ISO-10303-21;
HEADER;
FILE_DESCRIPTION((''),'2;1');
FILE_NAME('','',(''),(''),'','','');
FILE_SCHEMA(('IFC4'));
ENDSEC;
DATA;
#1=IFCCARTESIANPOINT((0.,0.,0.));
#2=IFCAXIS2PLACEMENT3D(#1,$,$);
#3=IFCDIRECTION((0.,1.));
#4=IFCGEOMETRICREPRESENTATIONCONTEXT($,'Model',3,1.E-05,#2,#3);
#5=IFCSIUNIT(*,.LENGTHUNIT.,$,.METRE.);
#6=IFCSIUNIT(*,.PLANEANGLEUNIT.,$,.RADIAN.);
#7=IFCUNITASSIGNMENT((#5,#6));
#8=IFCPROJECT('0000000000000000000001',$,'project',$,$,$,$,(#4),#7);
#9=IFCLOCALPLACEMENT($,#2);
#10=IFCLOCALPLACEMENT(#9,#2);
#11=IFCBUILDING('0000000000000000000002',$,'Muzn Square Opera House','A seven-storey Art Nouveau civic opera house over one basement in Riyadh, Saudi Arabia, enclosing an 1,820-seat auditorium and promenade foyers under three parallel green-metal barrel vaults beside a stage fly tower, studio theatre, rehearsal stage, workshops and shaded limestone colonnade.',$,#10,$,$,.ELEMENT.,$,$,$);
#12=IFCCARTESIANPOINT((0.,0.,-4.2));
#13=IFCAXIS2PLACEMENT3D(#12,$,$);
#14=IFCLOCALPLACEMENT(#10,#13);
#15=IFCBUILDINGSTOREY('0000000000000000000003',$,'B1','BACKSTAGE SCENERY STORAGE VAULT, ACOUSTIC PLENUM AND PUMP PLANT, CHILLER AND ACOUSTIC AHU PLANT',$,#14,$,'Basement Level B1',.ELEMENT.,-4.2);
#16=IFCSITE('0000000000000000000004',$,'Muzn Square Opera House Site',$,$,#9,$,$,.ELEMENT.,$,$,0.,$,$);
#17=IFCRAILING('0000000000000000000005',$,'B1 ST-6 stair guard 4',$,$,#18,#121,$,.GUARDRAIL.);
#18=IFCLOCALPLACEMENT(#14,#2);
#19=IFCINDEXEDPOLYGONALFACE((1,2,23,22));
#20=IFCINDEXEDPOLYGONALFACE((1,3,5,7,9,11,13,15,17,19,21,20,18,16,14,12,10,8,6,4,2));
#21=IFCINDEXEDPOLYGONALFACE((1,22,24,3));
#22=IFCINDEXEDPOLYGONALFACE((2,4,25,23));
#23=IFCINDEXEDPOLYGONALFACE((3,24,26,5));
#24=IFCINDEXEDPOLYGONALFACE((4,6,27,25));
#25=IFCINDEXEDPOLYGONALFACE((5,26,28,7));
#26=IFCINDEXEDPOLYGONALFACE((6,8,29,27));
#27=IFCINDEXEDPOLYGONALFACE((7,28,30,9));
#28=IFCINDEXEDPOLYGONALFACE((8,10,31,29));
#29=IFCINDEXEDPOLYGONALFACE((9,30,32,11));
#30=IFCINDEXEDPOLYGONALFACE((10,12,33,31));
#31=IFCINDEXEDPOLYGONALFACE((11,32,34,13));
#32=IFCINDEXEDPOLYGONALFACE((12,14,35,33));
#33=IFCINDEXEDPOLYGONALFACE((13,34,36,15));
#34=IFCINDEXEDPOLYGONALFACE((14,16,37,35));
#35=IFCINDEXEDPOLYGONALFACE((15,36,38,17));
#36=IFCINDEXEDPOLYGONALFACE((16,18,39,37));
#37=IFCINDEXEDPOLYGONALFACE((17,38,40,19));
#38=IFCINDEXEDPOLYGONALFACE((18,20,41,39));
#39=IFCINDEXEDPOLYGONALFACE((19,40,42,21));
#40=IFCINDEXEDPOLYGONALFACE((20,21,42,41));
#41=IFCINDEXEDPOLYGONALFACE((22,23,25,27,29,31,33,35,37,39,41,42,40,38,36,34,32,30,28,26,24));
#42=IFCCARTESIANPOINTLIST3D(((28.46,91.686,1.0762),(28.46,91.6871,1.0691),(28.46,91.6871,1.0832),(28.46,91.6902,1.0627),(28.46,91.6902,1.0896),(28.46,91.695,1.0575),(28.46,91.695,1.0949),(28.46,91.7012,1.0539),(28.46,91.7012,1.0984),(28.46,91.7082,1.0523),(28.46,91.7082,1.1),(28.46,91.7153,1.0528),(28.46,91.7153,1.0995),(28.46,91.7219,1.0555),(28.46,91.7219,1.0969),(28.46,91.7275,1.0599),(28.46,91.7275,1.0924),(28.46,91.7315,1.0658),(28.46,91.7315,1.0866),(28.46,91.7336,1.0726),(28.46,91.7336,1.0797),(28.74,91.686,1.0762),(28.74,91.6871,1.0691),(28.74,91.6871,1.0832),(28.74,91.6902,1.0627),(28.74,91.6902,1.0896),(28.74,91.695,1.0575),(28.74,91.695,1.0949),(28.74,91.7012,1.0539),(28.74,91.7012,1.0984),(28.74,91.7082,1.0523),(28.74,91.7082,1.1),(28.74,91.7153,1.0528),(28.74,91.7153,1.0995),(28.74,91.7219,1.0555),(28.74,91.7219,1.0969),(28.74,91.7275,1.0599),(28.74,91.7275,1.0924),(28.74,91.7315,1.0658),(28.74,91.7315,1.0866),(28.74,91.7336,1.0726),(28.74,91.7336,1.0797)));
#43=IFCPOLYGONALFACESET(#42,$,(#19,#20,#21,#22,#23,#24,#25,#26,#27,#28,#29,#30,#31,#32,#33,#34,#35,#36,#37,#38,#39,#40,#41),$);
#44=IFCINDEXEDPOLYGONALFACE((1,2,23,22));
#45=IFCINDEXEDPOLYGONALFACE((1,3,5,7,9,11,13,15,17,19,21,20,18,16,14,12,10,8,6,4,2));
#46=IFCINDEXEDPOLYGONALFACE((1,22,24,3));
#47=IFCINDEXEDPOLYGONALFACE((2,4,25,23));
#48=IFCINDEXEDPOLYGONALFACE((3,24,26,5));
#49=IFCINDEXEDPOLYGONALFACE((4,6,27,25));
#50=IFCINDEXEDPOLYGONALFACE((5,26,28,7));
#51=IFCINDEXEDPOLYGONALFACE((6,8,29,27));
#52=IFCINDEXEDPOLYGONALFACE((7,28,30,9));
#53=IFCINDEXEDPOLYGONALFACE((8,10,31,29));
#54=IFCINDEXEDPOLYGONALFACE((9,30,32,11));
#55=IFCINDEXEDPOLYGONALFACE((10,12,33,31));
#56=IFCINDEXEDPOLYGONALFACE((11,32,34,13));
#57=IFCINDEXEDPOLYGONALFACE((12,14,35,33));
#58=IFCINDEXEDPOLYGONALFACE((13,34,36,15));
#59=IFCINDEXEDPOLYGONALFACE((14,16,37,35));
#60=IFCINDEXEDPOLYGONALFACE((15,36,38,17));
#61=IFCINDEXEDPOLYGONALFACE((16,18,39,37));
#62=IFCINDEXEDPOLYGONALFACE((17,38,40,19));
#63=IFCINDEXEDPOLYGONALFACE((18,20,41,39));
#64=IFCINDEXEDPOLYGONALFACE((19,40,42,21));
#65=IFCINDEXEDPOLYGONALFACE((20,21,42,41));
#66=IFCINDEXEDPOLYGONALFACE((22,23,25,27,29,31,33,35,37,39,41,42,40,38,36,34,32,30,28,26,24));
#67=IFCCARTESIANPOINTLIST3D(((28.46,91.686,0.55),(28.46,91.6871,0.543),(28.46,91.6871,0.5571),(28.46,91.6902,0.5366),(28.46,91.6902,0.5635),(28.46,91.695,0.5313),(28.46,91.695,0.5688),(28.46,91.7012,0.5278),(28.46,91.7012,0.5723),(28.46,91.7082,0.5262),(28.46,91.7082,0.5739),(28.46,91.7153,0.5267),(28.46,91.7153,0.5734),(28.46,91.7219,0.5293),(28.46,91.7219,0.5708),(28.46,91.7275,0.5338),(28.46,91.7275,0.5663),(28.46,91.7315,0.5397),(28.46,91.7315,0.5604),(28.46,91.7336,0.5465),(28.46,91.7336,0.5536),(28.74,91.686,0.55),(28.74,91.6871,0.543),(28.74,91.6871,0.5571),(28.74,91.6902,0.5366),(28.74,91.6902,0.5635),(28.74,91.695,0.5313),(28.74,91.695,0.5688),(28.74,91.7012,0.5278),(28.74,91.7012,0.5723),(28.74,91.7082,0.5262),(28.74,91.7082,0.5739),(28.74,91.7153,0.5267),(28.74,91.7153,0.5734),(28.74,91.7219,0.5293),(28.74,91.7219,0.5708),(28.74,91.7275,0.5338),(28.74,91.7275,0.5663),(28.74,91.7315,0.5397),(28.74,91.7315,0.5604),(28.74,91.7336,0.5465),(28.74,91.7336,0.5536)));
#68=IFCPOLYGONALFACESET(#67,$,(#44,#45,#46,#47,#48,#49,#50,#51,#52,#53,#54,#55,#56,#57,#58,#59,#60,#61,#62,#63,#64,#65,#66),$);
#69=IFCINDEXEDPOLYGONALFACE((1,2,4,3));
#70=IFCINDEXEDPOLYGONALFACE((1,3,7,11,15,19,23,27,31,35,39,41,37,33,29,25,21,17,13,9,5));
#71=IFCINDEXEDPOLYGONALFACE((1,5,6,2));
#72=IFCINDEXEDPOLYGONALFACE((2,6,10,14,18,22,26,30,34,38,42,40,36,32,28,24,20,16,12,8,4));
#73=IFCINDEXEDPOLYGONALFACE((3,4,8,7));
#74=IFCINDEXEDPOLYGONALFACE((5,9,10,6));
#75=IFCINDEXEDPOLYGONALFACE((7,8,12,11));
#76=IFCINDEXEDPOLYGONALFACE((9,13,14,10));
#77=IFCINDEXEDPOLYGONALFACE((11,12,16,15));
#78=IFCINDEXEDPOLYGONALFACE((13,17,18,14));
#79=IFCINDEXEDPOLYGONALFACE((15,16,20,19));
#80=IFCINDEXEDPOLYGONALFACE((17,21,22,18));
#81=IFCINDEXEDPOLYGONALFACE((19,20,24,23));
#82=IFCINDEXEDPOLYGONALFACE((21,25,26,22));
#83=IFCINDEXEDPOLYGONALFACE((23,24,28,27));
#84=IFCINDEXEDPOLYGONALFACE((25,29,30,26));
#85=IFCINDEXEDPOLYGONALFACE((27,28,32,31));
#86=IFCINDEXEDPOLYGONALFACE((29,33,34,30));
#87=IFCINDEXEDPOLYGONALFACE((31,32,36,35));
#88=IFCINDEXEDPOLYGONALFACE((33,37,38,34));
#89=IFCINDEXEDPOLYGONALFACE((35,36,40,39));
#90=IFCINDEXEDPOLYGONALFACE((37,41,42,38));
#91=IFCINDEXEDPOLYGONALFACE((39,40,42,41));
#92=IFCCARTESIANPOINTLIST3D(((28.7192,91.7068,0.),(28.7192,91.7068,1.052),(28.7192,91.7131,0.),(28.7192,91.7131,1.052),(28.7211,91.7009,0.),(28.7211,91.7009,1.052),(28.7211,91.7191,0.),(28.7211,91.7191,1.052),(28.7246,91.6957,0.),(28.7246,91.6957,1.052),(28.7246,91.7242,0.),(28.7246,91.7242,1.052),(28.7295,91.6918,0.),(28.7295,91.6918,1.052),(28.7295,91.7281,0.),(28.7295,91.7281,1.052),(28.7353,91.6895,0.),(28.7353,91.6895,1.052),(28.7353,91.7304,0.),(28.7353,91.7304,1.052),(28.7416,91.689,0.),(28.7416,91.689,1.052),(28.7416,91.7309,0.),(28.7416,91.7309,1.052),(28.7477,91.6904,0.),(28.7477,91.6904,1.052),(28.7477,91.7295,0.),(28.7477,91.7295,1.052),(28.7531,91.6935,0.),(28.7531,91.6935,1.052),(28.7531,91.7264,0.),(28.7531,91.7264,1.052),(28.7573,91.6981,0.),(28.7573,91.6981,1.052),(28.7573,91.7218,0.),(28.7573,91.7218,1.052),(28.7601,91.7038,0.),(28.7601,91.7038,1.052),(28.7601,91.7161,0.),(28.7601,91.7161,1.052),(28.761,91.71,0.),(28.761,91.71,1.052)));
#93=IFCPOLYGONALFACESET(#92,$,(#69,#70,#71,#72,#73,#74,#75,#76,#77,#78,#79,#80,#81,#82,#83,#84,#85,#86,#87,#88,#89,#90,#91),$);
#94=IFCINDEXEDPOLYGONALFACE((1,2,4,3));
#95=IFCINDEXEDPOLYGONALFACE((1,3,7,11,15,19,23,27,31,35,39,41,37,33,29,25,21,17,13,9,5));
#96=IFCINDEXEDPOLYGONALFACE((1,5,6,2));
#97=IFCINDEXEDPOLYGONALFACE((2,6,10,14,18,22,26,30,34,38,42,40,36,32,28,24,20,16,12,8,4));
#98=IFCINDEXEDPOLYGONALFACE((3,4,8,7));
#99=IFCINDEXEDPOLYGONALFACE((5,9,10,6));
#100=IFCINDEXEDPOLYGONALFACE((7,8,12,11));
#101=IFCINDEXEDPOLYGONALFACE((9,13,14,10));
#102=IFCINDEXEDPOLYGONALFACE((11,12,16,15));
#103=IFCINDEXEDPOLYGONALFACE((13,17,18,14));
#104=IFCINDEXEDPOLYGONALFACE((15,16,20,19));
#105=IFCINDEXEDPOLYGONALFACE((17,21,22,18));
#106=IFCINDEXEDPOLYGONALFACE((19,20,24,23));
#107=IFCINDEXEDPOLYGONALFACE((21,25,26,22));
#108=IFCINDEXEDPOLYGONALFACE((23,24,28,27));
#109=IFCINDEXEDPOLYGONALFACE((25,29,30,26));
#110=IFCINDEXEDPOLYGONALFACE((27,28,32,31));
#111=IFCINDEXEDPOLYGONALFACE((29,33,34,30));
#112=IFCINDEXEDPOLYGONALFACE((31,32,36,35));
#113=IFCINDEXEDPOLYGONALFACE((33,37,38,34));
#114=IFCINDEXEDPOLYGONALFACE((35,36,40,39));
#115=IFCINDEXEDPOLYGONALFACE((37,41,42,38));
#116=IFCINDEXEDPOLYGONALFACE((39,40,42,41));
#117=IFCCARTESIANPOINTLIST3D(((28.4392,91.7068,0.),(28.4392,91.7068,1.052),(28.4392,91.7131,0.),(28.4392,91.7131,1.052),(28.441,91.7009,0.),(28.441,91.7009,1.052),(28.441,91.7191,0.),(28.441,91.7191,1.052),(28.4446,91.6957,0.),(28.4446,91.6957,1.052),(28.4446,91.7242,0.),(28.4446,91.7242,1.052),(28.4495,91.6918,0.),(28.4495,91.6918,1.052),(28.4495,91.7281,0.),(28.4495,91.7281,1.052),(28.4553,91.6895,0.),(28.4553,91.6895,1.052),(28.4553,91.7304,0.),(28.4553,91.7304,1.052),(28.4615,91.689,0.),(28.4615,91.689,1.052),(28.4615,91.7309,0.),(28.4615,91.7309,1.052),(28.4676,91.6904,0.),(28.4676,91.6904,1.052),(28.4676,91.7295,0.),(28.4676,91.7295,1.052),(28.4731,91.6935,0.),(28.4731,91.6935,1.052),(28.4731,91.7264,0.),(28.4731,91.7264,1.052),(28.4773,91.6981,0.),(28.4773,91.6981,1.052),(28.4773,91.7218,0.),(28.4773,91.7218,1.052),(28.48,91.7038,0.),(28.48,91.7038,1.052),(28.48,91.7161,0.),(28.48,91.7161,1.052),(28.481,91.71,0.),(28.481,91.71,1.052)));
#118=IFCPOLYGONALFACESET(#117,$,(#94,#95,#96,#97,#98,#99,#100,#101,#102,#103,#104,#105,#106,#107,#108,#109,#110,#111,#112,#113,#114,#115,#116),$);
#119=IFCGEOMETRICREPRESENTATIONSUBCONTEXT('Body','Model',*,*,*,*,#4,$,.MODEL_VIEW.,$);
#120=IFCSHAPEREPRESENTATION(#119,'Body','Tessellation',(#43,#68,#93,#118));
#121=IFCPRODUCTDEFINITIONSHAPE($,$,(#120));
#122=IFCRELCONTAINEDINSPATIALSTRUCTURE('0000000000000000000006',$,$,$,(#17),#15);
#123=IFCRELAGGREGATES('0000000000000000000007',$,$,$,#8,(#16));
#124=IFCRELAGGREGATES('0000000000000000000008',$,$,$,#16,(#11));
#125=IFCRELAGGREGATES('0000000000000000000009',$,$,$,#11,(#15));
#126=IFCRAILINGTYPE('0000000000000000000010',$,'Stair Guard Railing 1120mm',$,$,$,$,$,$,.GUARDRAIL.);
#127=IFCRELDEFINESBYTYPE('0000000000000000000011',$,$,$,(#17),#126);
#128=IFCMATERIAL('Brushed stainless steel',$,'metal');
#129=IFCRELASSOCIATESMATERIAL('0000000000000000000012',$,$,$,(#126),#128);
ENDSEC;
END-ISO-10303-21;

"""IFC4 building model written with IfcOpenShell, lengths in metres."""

from ifc_helpers import new_model, si_unit, direction, frame, origin, origin_2d, place, context, subcontext, project, spatial, circle, extrude, material, type_object, element, save


model = new_model("IFC4")

# Units and contexts
model_context = context("Model", 3, precision=1e-05, world=origin(), true_north=direction((0.0, 1.0)))
body_context = subcontext(model_context, "Body", "Model", "MODEL_VIEW")
ifc_project = project(units=[si_unit("LENGTHUNIT", "METRE"), si_unit("PLANEANGLEUNIT", "RADIAN")], contexts=[model_context])

# Site, building, storey
site_placement = place(None, origin())
site = spatial("IfcSite", under=ifc_project, at=site_placement, Name="Muzn Square Opera House Site", CompositionType="ELEMENT", RefElevation=0.0)
building_placement = place(site_placement, origin())
building = spatial("IfcBuilding", under=site, at=building_placement, Name="Muzn Square Opera House", Description="A seven-storey Art Nouveau civic opera house over one basement in Riyadh, Saudi Arabia, enclosing an 1,820-seat auditorium and promenade foyers under three parallel green-metal barrel vaults beside a stage fly tower, studio theatre, rehearsal stage, workshops and shaded limestone colonnade.", CompositionType="ELEMENT")
storey_placement = place(building_placement, frame((0.0, 0.0, -4.2)))
storey = spatial("IfcBuildingStorey", under=building, at=storey_placement, Name="B1", Description="BACKSTAGE SCENERY STORAGE VAULT, ACOUSTIC PLENUM AND PUMP PLANT, CHILLER AND ACOUSTIC AHU PLANT", LongName="Basement Level B1", CompositionType="ELEMENT", Elevation=-4.2)

# Railing
ifc_material_1 = material(Name="Brushed stainless steel", Category="metal")
railing_type_1 = type_object("IfcRailingType", Name="Stair Guard Railing 1120mm", PredefinedType="GUARDRAIL", material=ifc_material_1)
railing_1_placement = place(storey_placement, frame((28.74, 91.71, 0.0)))
element("IfcRailing", 1, at=railing_1_placement, inside=storey, type_object=railing_type_1, Name="B1 ST-6 stair guard 4", PredefinedType="GUARDRAIL", context=body_context, shape_type="SweptSolid", body=[
    extrude(circle(Radius=0.0239, at=origin_2d()), frame((0.0, 0.0, 1.0762), z_axis=(-1.0, 0.0, 0.0), x_axis=(0.0, -1.0, 0.0)), (0.0, 0.0, 1.0), 0.28),
    extrude(circle(Radius=0.0239, at=origin_2d()), frame((0.0, 0.0, 0.55), z_axis=(-1.0, 0.0, 0.0), x_axis=(0.0, -1.0, 0.0)), (0.0, 0.0, 1.0), 0.28),
    extrude(circle(Radius=0.021, at=origin_2d()), origin(), (0.0, 0.0, 1.0), 1.052),
    extrude(circle(Radius=0.021, at=origin_2d()), frame((-0.28, 0.0, 0.0)), (0.0, 0.0, 1.0), 1.052),
])

save(model, "model.ifc")
